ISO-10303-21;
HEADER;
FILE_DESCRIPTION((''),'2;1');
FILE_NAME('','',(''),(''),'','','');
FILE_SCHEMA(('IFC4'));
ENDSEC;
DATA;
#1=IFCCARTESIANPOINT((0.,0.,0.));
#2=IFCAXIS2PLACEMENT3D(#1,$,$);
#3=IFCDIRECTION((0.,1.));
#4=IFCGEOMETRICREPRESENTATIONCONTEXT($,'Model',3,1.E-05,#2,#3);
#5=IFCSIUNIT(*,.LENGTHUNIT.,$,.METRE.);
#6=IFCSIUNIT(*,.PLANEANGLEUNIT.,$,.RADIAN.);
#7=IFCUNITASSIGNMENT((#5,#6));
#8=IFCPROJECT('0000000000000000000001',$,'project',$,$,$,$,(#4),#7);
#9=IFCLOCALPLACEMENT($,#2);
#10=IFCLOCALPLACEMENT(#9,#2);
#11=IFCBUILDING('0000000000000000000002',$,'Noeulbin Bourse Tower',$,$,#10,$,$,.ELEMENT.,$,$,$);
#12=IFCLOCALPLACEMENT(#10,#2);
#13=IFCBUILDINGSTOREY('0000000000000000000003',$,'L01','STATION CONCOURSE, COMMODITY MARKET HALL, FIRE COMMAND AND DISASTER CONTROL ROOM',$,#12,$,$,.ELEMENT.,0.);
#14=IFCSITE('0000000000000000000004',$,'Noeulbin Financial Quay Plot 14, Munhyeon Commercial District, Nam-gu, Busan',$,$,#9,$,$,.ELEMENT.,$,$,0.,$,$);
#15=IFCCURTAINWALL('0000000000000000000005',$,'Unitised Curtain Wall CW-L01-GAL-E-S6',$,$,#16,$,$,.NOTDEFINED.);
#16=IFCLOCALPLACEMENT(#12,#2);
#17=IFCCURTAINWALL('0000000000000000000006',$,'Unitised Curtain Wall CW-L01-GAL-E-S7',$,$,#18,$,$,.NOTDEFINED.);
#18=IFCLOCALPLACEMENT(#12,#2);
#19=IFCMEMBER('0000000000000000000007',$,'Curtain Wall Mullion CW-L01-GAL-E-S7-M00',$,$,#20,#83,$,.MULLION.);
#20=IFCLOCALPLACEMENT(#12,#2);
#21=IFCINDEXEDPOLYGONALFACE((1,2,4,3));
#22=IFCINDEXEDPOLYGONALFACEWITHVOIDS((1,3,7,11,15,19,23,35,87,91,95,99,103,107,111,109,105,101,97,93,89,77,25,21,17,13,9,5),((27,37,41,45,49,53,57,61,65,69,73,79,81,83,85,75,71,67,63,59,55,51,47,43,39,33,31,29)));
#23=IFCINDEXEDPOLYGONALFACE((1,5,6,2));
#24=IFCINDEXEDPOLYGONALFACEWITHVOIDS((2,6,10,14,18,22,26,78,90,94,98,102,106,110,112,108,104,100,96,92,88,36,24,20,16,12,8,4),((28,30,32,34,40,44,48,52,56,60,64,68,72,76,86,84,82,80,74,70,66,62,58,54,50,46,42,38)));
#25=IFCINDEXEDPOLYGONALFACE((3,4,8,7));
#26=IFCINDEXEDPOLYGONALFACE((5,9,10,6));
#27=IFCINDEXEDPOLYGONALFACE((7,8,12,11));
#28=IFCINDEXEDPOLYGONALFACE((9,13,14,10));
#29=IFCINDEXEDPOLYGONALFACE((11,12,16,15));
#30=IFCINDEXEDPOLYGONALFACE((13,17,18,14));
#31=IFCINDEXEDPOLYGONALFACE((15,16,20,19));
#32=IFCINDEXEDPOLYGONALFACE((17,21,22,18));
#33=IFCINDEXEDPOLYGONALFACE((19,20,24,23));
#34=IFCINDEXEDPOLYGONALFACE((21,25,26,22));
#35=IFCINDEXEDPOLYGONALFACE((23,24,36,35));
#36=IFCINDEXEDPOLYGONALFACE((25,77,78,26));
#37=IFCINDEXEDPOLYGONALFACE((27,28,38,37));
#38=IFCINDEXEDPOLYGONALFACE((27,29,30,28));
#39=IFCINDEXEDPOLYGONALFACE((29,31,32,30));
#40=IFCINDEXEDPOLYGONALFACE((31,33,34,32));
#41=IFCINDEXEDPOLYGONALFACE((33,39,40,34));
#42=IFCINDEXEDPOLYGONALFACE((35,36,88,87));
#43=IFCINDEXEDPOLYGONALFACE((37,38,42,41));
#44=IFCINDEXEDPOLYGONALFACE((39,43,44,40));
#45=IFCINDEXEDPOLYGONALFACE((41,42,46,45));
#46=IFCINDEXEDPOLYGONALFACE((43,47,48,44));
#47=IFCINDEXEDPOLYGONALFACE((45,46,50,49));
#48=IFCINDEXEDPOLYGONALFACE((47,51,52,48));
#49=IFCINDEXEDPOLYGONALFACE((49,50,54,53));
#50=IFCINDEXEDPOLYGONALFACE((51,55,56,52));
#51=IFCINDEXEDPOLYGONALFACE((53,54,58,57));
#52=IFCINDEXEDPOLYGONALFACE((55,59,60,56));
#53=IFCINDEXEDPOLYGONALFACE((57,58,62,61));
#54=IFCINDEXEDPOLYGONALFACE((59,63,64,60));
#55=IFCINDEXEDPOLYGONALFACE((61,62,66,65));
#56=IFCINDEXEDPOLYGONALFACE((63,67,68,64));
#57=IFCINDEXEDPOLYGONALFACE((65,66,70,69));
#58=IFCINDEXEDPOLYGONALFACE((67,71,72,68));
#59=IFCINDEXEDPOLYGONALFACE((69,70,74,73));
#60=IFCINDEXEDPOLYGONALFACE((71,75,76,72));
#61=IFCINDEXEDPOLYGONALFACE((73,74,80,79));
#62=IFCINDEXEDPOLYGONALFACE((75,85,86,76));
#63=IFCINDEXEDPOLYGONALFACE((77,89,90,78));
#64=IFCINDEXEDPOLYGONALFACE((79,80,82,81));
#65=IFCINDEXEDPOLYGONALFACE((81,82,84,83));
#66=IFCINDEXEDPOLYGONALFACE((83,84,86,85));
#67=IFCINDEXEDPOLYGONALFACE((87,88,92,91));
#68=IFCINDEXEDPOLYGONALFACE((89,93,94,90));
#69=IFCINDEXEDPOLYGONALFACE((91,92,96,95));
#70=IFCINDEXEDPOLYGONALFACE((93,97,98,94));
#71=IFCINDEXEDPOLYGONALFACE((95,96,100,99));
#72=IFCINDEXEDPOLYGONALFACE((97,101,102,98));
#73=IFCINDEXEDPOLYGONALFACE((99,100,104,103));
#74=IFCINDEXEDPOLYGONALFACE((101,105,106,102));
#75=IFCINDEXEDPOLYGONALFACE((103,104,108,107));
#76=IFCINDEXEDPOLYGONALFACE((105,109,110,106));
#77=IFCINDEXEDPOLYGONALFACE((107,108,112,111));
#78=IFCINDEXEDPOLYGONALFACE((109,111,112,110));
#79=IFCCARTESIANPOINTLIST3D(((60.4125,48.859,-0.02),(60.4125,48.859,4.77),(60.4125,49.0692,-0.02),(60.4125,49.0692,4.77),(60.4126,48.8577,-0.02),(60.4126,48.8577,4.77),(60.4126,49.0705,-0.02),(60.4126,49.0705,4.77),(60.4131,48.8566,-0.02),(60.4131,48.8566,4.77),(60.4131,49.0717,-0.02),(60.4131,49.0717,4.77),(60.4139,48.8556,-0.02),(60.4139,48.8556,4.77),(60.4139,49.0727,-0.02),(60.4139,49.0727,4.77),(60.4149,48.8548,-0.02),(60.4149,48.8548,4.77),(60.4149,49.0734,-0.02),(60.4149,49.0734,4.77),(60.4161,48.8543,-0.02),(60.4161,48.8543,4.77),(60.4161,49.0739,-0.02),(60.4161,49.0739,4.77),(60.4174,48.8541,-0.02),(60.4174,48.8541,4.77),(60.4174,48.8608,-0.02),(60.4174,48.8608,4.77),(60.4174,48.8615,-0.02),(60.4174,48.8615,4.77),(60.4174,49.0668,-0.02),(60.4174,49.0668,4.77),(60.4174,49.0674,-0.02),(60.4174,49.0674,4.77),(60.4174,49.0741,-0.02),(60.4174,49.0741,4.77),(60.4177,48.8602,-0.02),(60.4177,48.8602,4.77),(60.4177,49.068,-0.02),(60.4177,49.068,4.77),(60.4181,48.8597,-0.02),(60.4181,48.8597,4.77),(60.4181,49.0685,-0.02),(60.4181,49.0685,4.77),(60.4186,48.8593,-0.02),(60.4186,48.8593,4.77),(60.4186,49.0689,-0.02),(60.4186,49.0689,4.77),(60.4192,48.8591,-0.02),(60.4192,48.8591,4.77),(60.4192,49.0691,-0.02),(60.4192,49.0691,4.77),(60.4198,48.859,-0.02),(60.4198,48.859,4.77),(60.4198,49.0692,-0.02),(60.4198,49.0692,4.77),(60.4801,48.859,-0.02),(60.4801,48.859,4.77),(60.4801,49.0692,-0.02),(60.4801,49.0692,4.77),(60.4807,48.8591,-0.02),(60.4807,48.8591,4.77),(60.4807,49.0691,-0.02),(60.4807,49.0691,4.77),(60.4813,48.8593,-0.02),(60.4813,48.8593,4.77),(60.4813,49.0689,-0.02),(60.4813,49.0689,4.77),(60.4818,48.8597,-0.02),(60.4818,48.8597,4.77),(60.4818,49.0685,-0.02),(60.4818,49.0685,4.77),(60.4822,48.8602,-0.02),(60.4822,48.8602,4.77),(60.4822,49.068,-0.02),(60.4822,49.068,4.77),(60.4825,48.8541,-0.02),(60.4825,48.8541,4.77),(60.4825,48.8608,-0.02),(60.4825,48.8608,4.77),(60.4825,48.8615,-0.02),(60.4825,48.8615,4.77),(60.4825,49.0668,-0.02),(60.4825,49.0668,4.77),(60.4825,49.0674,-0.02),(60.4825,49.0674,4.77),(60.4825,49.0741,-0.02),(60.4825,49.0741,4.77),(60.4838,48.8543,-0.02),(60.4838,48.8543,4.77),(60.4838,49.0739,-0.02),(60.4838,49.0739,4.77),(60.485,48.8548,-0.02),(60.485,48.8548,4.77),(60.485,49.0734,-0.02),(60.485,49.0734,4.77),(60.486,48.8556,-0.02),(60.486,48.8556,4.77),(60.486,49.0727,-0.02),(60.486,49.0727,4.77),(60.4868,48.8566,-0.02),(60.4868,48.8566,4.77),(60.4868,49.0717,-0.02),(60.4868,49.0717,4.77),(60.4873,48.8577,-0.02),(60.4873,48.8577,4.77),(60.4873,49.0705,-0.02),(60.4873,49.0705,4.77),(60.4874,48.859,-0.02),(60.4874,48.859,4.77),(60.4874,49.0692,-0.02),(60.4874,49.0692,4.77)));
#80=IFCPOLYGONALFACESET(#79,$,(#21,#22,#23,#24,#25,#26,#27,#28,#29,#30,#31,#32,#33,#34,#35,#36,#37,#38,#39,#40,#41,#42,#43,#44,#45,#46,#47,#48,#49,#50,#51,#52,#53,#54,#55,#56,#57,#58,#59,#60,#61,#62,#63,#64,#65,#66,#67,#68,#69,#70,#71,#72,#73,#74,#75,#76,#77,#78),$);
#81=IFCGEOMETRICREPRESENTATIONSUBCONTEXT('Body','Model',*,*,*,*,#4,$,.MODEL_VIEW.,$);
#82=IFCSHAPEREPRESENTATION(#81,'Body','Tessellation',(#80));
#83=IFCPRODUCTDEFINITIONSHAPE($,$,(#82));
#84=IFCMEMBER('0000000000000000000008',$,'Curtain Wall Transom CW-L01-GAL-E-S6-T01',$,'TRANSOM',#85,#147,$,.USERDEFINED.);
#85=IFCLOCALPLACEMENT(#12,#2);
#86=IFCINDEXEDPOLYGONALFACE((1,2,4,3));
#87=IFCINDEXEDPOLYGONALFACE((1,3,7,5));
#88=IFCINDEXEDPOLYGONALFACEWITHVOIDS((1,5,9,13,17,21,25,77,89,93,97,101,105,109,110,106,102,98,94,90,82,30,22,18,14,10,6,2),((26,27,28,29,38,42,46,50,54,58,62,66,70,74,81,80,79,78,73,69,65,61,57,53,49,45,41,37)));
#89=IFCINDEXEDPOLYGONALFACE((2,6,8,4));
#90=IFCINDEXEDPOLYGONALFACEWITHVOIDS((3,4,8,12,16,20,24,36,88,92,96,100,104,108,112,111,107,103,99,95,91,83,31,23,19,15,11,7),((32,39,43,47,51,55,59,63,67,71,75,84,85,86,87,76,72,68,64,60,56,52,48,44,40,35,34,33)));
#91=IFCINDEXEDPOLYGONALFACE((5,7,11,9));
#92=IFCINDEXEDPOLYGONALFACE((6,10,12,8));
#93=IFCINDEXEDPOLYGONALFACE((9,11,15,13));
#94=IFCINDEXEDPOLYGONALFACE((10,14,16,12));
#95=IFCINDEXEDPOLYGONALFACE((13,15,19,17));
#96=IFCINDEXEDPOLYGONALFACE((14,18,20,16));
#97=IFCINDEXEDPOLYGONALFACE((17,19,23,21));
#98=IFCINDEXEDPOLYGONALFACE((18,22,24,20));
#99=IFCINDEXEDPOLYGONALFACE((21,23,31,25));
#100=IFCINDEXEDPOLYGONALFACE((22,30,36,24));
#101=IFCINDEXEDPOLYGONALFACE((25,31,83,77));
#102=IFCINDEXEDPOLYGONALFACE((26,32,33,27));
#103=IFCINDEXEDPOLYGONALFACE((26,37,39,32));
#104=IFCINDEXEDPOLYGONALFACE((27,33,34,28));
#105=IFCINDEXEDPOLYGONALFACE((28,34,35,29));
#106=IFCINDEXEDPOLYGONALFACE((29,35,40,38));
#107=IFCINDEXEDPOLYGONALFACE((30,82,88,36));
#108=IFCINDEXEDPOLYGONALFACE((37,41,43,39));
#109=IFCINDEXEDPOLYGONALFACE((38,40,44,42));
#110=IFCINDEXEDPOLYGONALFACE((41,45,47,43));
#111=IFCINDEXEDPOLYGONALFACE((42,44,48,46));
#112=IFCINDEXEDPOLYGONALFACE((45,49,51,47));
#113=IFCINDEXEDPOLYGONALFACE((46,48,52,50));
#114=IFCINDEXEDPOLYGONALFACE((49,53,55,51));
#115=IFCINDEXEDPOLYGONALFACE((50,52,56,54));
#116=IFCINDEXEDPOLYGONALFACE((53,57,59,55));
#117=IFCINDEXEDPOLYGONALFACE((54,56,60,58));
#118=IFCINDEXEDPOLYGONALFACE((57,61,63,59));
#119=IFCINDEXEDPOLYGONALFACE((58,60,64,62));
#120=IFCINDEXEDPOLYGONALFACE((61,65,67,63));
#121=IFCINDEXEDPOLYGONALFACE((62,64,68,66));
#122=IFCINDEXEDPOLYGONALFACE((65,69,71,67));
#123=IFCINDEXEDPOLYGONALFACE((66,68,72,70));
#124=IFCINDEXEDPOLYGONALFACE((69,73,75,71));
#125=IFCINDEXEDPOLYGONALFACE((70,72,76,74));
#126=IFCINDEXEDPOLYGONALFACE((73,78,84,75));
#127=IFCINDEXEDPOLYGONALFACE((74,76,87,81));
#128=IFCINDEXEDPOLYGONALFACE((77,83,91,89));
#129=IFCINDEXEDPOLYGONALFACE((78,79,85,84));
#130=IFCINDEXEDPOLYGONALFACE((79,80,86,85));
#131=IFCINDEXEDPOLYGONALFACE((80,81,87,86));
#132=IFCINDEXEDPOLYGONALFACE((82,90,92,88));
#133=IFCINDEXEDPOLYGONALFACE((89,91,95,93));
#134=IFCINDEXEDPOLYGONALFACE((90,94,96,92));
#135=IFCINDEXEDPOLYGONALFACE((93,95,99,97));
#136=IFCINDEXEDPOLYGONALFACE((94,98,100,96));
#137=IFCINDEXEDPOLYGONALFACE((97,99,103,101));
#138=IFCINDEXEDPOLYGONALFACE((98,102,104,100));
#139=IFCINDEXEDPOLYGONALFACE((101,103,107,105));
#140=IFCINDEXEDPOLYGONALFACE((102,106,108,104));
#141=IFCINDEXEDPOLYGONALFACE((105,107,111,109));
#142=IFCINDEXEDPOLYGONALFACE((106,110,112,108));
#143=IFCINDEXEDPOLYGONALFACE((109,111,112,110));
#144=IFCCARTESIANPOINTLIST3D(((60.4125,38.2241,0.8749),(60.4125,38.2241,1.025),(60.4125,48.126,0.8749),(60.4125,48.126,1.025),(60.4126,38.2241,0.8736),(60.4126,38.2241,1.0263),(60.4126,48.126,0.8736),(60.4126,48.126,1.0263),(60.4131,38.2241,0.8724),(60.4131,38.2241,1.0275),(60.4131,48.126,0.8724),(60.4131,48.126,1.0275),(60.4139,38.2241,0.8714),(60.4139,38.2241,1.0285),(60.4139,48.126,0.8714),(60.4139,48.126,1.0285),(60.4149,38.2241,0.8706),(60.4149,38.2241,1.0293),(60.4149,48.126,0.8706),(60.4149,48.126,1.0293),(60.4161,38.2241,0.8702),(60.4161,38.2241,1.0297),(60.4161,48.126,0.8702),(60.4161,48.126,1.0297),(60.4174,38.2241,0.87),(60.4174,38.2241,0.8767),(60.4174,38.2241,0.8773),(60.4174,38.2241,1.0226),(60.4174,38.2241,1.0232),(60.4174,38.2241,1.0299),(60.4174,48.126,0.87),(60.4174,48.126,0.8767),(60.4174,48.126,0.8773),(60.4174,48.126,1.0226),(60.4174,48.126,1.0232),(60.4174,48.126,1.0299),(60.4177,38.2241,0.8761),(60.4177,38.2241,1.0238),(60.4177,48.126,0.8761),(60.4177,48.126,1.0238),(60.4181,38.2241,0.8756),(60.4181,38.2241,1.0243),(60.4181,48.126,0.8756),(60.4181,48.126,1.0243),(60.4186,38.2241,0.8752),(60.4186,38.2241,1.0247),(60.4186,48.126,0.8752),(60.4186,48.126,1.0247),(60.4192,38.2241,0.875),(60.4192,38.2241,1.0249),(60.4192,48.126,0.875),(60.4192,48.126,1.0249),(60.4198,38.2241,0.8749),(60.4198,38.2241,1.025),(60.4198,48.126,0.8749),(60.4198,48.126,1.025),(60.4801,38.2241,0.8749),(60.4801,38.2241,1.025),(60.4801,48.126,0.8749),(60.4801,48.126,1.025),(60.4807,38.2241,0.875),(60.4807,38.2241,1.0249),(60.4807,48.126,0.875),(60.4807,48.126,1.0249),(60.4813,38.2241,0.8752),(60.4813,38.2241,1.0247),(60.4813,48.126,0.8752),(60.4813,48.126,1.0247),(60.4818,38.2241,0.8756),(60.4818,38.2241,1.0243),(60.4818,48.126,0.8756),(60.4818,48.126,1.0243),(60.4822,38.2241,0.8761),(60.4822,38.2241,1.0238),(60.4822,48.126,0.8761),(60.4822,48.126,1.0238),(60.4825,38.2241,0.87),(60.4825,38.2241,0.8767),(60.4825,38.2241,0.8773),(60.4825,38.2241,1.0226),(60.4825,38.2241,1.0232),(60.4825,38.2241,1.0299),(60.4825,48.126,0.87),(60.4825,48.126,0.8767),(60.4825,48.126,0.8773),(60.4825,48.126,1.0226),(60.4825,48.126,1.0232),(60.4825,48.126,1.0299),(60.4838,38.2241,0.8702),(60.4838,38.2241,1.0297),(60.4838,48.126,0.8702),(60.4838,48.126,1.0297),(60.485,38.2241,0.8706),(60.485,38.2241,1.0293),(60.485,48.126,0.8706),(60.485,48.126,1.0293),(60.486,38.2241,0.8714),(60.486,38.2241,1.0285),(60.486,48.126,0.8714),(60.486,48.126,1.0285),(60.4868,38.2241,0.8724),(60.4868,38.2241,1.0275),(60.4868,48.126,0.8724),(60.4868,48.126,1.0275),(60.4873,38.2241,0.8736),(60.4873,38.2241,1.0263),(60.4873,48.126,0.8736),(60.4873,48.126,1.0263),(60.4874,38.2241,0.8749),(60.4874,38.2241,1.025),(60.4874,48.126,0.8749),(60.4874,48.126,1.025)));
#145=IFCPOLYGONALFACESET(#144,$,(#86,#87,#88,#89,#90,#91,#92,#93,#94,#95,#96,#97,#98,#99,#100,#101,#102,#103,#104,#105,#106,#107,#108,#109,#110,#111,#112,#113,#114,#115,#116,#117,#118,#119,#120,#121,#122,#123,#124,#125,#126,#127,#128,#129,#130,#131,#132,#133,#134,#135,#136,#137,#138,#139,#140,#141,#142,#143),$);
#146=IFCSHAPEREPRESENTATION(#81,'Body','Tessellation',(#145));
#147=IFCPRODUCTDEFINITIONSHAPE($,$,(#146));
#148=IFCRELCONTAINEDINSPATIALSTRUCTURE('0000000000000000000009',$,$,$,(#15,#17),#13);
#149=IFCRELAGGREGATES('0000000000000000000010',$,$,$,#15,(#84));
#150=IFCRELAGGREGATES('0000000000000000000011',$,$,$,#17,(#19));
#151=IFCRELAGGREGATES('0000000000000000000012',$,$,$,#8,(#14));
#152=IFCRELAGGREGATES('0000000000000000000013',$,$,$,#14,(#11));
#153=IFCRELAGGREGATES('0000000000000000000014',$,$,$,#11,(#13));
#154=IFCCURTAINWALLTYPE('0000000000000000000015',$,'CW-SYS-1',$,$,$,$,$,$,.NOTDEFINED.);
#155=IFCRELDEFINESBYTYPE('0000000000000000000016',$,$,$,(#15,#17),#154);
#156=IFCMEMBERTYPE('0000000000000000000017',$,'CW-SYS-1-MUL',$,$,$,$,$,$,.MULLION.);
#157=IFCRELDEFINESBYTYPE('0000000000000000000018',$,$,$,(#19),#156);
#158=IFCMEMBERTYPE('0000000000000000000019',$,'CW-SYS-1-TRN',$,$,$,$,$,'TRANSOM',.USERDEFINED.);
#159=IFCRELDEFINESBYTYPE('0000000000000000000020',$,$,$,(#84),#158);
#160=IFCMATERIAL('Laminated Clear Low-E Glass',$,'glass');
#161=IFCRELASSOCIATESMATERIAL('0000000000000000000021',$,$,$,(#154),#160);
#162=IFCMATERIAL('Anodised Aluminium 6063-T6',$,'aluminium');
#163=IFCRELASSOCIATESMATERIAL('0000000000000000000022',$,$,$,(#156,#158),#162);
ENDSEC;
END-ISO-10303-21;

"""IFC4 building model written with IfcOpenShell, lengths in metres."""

from ifc_helpers import new_model, si_unit, direction, frame, origin, origin_2d, place, context, subcontext, project, spatial, hollow_rectangle, extrude, material, material_profile, profile_set, type_object, element, aggregate, save


model = new_model("IFC4")

# Units and contexts
model_context = context("Model", 3, precision=1e-05, world=origin(), true_north=direction((0.0, 1.0)))
body_context = subcontext(model_context, "Body", "Model", "MODEL_VIEW")
ifc_project = project(units=[si_unit("LENGTHUNIT", "METRE"), si_unit("PLANEANGLEUNIT", "RADIAN")], contexts=[model_context])

# Site, building, storey
site_placement = place(None, origin())
site = spatial("IfcSite", under=ifc_project, at=site_placement, Name="Noeulbin Financial Quay Plot 14, Munhyeon Commercial District, Nam-gu, Busan", CompositionType="ELEMENT", RefElevation=0.0)
building_placement = place(site_placement, origin())
building = spatial("IfcBuilding", under=site, at=building_placement, Name="Noeulbin Bourse Tower", CompositionType="ELEMENT")
storey_placement = place(building_placement, origin())
storey = spatial("IfcBuildingStorey", under=building, at=storey_placement, Name="L01", Description="STATION CONCOURSE, COMMODITY MARKET HALL, FIRE COMMAND AND DISASTER CONTROL ROOM", CompositionType="ELEMENT", Elevation=0.0)

# Curtain wall
ifc_material_1 = material(Name="Laminated Clear Low-E Glass", Category="glass")
curtain_wall_type = type_object("IfcCurtainWallType", Name="CW-SYS-1", PredefinedType="NOTDEFINED", material=ifc_material_1)
ifc_material_2 = material(Name="Anodised Aluminium 6063-T6", Category="aluminium")
ifc_material_profile_1 = material_profile(ifc_material_2, hollow_rectangle(XDim=0.075, YDim=0.22, WallThickness=0.0049, InnerFilletRadius=0.0024, OuterFilletRadius=0.0049, at=origin_2d()), Name="ALU-MULL-75x220x5", Category="LoadBearing")
ifc_profile_set_1 = profile_set([ifc_material_profile_1], Name="Anodised Aluminium 6063-T6")
member_type_1 = type_object("IfcMemberType", Name="CW-SYS-1-MUL", PredefinedType="MULLION", material=ifc_profile_set_1)
curtain_wall_1_placement = place(storey_placement, origin())
curtain_wall_1 = element("IfcCurtainWall", 1, at=curtain_wall_1_placement, inside=storey, type_object=curtain_wall_type, Name="Unitised Curtain Wall CW-L01-GAL-E-S6", PredefinedType="NOTDEFINED")

# Curtain wall, member
curtain_wall_2_placement = place(storey_placement, origin())
curtain_wall_2 = element("IfcCurtainWall", 2, at=curtain_wall_2_placement, inside=storey, type_object=curtain_wall_type, Name="Unitised Curtain Wall CW-L01-GAL-E-S7", PredefinedType="NOTDEFINED")
member_1_placement = place(storey_placement, frame((60.45, 48.9641, -0.02), z_axis=(0.0, 0.0, 1.0), x_axis=(1.0, 0.0, 0.0)))
member_1 = element("IfcMember", 3, at=member_1_placement, type_object=member_type_1, Name="Curtain Wall Mullion CW-L01-GAL-E-S7-M00", PredefinedType="MULLION", context=body_context, shape_type="SweptSolid", body=[
    extrude(hollow_rectangle(XDim=0.075, YDim=0.22, WallThickness=0.0049, InnerFilletRadius=0.0024, OuterFilletRadius=0.0049, at=origin_2d()), origin(), (0.0, 0.0, 1.0), 4.79),
])

# Member
ifc_material_profile_2 = material_profile(ifc_material_2, hollow_rectangle(XDim=0.075, YDim=0.1599, WallThickness=0.0049, InnerFilletRadius=0.0024, OuterFilletRadius=0.0049, at=origin_2d()), Name="ALU-TRAN-75x160x5", Category="LoadBearing")
ifc_profile_set_2 = profile_set([ifc_material_profile_2], Name="Anodised Aluminium 6063-T6")
member_type_2 = type_object("IfcMemberType", Name="CW-SYS-1-TRN", ElementType="TRANSOM", PredefinedType="USERDEFINED", material=ifc_profile_set_2)
member_2_placement = place(storey_placement, frame((60.45, 38.2241, 0.95), z_axis=(0.0, 1.0, 0.0), x_axis=(-1.0, 0.0, 0.0)))
member_2 = element("IfcMember", 4, at=member_2_placement, type_object=member_type_2, Name="Curtain Wall Transom CW-L01-GAL-E-S6-T01", ObjectType="TRANSOM", PredefinedType="USERDEFINED", context=body_context, shape_type="SweptSolid", body=[
    extrude(hollow_rectangle(XDim=0.075, YDim=0.1599, WallThickness=0.0049, InnerFilletRadius=0.0024, OuterFilletRadius=0.0049, at=origin_2d()), origin(), (0.0, 0.0, 1.0), 9.9019),
])

aggregate(curtain_wall_1, [member_2])
aggregate(curtain_wall_2, [member_1])

save(model, "model.ifc")
